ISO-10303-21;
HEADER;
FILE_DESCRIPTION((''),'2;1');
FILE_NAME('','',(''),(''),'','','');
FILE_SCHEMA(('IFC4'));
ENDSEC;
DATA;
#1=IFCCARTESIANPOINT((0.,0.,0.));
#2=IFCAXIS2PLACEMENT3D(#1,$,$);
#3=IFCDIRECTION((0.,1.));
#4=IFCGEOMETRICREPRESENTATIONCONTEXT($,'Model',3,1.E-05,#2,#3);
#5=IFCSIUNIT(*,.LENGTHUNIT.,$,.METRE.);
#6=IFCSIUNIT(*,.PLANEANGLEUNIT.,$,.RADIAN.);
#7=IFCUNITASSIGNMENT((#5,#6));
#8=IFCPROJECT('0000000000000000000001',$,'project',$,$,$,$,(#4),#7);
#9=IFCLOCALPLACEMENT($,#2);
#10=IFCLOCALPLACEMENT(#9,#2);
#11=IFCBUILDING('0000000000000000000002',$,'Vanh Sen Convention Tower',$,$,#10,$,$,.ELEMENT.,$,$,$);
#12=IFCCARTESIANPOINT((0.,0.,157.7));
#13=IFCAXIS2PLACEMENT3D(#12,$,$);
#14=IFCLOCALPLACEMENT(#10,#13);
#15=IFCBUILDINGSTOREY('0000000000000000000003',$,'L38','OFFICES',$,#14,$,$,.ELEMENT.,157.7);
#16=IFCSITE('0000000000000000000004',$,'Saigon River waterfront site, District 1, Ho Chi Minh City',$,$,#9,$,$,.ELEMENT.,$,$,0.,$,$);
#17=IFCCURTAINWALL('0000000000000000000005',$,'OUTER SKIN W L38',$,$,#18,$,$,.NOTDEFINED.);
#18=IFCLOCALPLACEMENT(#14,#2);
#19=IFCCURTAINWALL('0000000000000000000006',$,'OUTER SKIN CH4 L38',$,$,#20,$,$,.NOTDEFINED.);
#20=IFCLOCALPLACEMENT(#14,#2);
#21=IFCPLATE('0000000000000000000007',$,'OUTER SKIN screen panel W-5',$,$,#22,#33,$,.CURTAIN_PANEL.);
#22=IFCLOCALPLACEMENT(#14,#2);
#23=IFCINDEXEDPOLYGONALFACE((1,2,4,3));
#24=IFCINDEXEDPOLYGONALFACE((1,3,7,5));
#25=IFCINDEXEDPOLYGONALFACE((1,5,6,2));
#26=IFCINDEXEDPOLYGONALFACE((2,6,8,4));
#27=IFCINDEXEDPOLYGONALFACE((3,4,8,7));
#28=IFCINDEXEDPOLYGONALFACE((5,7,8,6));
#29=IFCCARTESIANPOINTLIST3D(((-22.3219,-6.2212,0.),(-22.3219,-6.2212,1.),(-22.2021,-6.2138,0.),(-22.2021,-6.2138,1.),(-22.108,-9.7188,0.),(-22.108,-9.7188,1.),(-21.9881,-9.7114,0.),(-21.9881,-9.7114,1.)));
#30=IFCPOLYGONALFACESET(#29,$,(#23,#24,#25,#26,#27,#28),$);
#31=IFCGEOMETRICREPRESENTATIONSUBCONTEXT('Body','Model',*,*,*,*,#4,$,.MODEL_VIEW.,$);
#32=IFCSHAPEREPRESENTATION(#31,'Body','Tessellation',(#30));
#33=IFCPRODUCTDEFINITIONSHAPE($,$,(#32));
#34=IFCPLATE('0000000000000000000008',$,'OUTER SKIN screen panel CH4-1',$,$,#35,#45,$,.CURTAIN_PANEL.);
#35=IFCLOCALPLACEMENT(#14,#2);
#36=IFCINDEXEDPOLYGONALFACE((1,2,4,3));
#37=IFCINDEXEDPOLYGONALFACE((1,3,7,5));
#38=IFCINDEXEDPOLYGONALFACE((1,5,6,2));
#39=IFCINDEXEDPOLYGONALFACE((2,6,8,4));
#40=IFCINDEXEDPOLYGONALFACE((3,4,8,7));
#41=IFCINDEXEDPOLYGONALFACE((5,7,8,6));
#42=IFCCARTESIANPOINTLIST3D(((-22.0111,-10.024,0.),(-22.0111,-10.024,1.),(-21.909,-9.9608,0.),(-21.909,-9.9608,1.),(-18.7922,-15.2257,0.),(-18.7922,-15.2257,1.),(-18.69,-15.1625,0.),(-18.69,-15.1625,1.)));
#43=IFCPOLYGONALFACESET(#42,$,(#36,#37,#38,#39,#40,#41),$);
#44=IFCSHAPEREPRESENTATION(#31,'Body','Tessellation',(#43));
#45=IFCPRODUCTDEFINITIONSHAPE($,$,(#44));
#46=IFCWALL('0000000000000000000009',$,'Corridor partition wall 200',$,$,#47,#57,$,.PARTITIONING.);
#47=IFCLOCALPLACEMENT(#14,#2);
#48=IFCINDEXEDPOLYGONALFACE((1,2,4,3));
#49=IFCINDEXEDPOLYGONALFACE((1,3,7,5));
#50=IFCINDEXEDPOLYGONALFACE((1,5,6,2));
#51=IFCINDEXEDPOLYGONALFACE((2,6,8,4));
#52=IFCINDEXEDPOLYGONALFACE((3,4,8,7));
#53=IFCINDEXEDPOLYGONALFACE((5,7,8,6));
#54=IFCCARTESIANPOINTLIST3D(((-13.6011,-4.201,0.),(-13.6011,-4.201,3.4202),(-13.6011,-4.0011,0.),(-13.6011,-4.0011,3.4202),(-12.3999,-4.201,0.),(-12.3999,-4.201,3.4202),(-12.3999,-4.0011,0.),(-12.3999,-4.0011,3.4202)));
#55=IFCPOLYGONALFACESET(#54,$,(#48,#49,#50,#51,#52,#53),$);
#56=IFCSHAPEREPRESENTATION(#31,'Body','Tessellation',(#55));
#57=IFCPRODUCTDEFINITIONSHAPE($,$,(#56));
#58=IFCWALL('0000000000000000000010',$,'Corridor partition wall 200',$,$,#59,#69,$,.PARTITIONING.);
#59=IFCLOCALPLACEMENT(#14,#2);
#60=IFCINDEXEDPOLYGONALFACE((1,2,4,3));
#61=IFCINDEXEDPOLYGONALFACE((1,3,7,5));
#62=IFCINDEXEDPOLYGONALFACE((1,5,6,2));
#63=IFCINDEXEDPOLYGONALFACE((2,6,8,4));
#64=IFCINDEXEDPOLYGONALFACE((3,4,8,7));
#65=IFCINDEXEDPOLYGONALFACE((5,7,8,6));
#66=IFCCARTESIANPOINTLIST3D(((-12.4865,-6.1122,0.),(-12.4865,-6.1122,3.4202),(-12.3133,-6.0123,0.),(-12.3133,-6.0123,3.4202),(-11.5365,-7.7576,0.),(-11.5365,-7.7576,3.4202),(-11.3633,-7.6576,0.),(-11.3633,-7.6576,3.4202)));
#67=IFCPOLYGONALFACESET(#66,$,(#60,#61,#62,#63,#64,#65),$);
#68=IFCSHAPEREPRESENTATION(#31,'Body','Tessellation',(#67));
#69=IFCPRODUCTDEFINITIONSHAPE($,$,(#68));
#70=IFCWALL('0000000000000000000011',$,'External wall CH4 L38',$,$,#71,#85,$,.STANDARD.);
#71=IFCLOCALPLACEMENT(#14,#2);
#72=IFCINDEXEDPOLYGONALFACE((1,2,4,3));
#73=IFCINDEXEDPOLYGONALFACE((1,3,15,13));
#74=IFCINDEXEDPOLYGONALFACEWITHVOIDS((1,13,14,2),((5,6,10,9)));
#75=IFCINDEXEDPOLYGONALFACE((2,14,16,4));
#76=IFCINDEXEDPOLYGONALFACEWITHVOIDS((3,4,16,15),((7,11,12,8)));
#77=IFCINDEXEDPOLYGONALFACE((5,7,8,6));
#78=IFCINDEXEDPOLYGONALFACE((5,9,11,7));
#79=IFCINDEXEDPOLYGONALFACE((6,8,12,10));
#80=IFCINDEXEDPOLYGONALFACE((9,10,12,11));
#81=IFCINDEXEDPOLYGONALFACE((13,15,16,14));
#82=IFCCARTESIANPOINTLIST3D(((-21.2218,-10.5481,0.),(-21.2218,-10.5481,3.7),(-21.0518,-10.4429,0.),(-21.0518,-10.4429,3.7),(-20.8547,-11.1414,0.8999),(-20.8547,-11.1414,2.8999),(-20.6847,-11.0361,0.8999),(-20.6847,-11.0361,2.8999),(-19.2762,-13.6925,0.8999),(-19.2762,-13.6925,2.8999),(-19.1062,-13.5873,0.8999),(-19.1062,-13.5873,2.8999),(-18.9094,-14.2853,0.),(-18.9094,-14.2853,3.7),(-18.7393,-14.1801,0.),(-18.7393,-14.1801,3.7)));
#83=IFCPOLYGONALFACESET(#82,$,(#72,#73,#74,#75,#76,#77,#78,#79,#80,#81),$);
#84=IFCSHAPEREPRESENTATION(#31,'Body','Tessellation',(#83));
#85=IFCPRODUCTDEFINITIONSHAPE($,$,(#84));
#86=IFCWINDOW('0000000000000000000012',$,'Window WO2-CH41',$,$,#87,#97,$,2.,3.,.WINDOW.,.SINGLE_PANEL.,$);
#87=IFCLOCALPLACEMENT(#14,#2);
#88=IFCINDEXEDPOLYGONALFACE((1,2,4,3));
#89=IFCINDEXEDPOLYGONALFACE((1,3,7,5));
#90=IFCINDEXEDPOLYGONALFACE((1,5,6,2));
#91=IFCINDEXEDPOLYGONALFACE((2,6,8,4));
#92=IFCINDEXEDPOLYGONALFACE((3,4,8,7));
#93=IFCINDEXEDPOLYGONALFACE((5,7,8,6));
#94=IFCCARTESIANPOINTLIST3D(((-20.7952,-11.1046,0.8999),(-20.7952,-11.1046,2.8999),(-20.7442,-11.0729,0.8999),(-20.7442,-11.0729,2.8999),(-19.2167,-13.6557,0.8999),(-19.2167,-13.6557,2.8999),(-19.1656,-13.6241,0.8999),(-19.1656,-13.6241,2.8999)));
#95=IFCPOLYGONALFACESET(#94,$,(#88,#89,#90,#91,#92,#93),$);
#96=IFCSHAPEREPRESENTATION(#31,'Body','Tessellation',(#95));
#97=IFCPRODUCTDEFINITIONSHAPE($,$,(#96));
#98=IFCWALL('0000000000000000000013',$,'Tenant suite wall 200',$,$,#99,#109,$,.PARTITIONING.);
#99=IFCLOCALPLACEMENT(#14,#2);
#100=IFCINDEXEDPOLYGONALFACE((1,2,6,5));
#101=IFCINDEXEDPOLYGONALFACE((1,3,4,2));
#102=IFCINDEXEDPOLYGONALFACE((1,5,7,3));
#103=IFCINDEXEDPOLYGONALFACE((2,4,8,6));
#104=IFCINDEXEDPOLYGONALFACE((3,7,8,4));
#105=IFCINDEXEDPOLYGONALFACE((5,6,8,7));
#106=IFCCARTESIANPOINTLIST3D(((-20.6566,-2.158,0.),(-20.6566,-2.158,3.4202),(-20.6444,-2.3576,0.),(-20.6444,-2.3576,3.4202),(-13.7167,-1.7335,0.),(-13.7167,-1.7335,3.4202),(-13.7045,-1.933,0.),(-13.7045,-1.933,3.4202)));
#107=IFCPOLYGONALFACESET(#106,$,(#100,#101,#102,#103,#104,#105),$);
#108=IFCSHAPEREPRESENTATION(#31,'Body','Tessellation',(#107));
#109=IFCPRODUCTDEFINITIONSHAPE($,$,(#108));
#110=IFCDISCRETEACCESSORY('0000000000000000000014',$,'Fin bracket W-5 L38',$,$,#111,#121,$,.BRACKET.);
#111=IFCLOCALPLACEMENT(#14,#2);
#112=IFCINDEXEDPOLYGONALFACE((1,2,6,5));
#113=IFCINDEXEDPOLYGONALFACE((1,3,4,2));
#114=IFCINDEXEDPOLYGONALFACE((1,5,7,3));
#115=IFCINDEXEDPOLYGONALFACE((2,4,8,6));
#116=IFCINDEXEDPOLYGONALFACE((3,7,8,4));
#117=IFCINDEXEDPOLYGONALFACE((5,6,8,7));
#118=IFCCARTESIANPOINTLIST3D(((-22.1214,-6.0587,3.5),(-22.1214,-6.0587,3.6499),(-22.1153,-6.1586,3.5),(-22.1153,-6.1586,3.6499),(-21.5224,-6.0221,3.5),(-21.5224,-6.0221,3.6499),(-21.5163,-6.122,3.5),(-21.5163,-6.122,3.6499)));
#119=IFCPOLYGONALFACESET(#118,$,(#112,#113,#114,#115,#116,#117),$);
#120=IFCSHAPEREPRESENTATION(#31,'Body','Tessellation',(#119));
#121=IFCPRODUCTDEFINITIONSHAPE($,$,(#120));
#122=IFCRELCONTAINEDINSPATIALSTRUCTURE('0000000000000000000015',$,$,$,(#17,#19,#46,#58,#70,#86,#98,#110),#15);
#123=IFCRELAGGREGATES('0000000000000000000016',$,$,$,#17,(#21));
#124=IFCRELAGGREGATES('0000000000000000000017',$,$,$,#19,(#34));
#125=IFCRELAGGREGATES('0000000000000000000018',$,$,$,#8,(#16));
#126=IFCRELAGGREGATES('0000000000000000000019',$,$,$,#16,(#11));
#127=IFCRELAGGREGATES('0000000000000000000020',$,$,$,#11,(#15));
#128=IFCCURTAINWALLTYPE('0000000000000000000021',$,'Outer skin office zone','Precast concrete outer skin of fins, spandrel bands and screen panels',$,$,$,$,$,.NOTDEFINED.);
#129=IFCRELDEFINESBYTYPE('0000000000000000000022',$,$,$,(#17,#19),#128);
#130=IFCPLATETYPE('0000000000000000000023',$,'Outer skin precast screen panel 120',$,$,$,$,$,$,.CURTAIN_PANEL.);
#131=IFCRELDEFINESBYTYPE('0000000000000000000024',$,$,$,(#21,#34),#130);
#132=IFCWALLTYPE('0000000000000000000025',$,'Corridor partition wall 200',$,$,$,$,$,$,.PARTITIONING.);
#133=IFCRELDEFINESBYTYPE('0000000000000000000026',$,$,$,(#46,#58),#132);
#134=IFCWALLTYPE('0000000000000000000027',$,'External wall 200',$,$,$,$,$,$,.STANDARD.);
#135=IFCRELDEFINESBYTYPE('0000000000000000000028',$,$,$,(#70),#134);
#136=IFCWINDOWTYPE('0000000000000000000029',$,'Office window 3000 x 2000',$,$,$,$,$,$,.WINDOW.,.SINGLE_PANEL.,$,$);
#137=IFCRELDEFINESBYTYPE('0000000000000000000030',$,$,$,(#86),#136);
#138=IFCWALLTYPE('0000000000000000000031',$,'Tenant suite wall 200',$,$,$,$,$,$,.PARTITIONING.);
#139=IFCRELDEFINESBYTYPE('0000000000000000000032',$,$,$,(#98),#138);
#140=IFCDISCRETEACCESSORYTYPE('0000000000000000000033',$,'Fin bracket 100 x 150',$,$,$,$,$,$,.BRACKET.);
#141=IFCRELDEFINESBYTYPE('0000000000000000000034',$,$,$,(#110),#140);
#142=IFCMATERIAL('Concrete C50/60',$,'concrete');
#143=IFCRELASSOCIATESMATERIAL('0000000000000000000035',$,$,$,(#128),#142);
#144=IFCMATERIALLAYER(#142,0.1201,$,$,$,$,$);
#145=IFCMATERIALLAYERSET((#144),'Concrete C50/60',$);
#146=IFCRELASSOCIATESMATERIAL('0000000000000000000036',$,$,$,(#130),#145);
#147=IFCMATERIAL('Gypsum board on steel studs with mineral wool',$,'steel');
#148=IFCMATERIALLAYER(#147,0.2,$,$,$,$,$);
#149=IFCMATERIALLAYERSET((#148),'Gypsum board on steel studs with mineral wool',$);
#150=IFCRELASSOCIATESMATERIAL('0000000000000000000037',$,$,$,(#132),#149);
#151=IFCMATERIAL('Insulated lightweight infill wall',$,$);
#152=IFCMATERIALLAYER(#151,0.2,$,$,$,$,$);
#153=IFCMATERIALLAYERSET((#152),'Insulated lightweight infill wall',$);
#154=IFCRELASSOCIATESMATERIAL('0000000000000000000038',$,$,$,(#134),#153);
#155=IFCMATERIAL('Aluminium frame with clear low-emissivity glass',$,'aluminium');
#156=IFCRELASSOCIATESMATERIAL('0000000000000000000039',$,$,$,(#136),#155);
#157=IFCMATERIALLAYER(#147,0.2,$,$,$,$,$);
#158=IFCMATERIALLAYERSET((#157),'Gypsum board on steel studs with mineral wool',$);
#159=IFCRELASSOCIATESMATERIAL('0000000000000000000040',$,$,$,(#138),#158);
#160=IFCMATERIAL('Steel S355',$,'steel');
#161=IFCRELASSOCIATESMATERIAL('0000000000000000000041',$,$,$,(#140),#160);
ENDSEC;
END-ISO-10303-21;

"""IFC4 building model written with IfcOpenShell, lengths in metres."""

from ifc_helpers import new_model, si_unit, direction, frame, frame_2d, origin, origin_2d, place, context, subcontext, project, spatial, rectangle, extrude, material, layer, layer_set, type_object, element, fill, aggregate, save


model = new_model("IFC4")

# Units and contexts
model_context = context("Model", 3, precision=1e-05, world=origin(), true_north=direction((0.0, 1.0)))
body_context = subcontext(model_context, "Body", "Model", "MODEL_VIEW")
ifc_project = project(units=[si_unit("LENGTHUNIT", "METRE"), si_unit("PLANEANGLEUNIT", "RADIAN")], contexts=[model_context])

# Site, building, storey
site_placement = place(None, origin())
site = spatial("IfcSite", under=ifc_project, at=site_placement, Name="Saigon River waterfront site, District 1, Ho Chi Minh City", CompositionType="ELEMENT", RefElevation=0.0)
building_placement = place(site_placement, origin())
building = spatial("IfcBuilding", under=site, at=building_placement, Name="Vanh Sen Convention Tower", CompositionType="ELEMENT")
storey_placement = place(building_placement, frame((0.0, 0.0, 157.7)))
storey = spatial("IfcBuildingStorey", under=building, at=storey_placement, Name="L38", Description="OFFICES", CompositionType="ELEMENT", Elevation=157.7)

# Curtain wall
ifc_material_1 = material(Name="Concrete C50/60", Category="concrete")
curtain_wall_type = type_object("IfcCurtainWallType", Name="Outer skin office zone", Description="Precast concrete outer skin of fins, spandrel bands and screen panels", PredefinedType="NOTDEFINED", material=ifc_material_1)
curtain_wall_1_placement = place(storey_placement, origin())
curtain_wall_1 = element("IfcCurtainWall", 1, at=curtain_wall_1_placement, inside=storey, type_object=curtain_wall_type, Name="OUTER SKIN W L38", PredefinedType="NOTDEFINED")

# Curtain wall
curtain_wall_2_placement = place(storey_placement, origin())
curtain_wall_2 = element("IfcCurtainWall", 2, at=curtain_wall_2_placement, inside=storey, type_object=curtain_wall_type, Name="OUTER SKIN CH4 L38", PredefinedType="NOTDEFINED")

# Plates
ifc_layer_1 = layer(ifc_material_1, 0.1201)
ifc_layer_set_1 = layer_set([ifc_layer_1], Name="Concrete C50/60")
plate_type = type_object("IfcPlateType", Name="Outer skin precast screen panel 120", PredefinedType="CURTAIN_PANEL", material=ifc_layer_set_1)
plate_1_placement = place(storey_placement, frame((-22.155, -7.9663, 0.0), z_axis=(0.0, 0.0, 1.0), x_axis=(0.061054, -0.998134, 0.0)))
plate_1 = element("IfcPlate", 3, at=plate_1_placement, type_object=plate_type, Name="OUTER SKIN screen panel W-5", PredefinedType="CURTAIN_PANEL", context=body_context, shape_type="SweptSolid", body=[
    extrude(rectangle(XDim=3.5042, YDim=0.1201, at=origin_2d()), origin(), (0.0, 0.0, 1.0), 1.0),
])
aggregate(curtain_wall_1, [plate_1])
plate_2_placement = place(storey_placement, frame((-20.3506, -12.5933, 0.0), z_axis=(0.0, 0.0, 1.0), x_axis=(0.526218, -0.850349, 0.0)))
plate_2 = element("IfcPlate", 4, at=plate_2_placement, type_object=plate_type, Name="OUTER SKIN screen panel CH4-1", PredefinedType="CURTAIN_PANEL", context=body_context, shape_type="SweptSolid", body=[
    extrude(rectangle(XDim=6.1172, YDim=0.1201, at=origin_2d()), origin(), (0.0, 0.0, 1.0), 1.0),
])
aggregate(curtain_wall_2, [plate_2])

# Walls
ifc_material_2 = material(Name="Gypsum board on steel studs with mineral wool", Category="steel")
ifc_layer_2 = layer(ifc_material_2, 0.2)
ifc_layer_set_2 = layer_set([ifc_layer_2], Name="Gypsum board on steel studs with mineral wool")
wall_type_1 = type_object("IfcWallType", Name="Corridor partition wall 200", PredefinedType="PARTITIONING", material=ifc_layer_set_2)
wall_1_placement = place(storey_placement, frame((-13.6011, -4.1011, 0.0), z_axis=(0.0, 0.0, 1.0), x_axis=(1.0, 0.0, 0.0)))
element("IfcWall", 5, at=wall_1_placement, inside=storey, type_object=wall_type_1, Name="Corridor partition wall 200", PredefinedType="PARTITIONING", context=body_context, shape_type="SweptSolid", body=[
    extrude(rectangle(XDim=1.2012, YDim=0.2, at=frame_2d((0.6006, 0.0))), origin(), (0.0, 0.0, 1.0), 3.4202),
])
wall_2_placement = place(storey_placement, frame((-12.3999, -6.0623, 0.0), z_axis=(0.0, 0.0, 1.0), x_axis=(0.500023, -0.866012, 0.0)))
element("IfcWall", 6, at=wall_2_placement, inside=storey, type_object=wall_type_1, Name="Corridor partition wall 200", PredefinedType="PARTITIONING", context=body_context, shape_type="SweptSolid", body=[
    extrude(rectangle(XDim=1.8999, YDim=0.2, at=frame_2d((0.95, 0.0))), origin(), (0.0, 0.0, 1.0), 3.4202),
])

# Wall, opening, window
ifc_material_3 = material(Name="Insulated lightweight infill wall")
ifc_layer_3 = layer(ifc_material_3, 0.2)
ifc_layer_set_3 = layer_set([ifc_layer_3], Name="Insulated lightweight infill wall")
wall_type_2 = type_object("IfcWallType", Name="External wall 200", PredefinedType="STANDARD", material=ifc_layer_set_3)
wall_3_placement = place(storey_placement, frame((-21.1367, -10.4956, 0.0), z_axis=(0.0, 0.0, 1.0), x_axis=(0.526179, -0.850374, 0.0)))
wall_3 = element("IfcWall", 7, at=wall_3_placement, inside=storey, type_object=wall_type_2, Name="External wall CH4 L38", PredefinedType="STANDARD", context=body_context, shape_type="SweptSolid", body=[
    extrude(rectangle(XDim=4.3948, YDim=0.2, at=frame_2d((2.1973, 0.0))), origin(), (0.0, 0.0, 1.0), 3.7),
])
opening_placement = place(wall_3_placement, frame((0.6975, 0.0, 0.8999)))
opening = element("IfcOpeningElement", 8, at=opening_placement, cuts=wall_3, PredefinedType="OPENING", context=body_context, shape_type="SweptSolid", body=[
    extrude(rectangle(XDim=3.0, YDim=2.0, at=frame_2d((1.5, 1.0))), frame((0.0, 0.1099, 0.0), z_axis=(0.0, -1.0, 0.0), x_axis=(1.0, 0.0, 0.0)), (0.0, 0.0, 1.0), 0.22),
])
ifc_material_4 = material(Name="Aluminium frame with clear low-emissivity glass", Category="aluminium")
window_type = type_object("IfcWindowType", Name="Office window 3000 x 2000", PartitioningType="SINGLE_PANEL", PredefinedType="WINDOW", material=ifc_material_4)
window_placement = place(opening_placement, origin())
window = element("IfcWindow", 9, at=window_placement, inside=storey, type_object=window_type, Name="Window WO2-CH41", OverallHeight=2.0, OverallWidth=3.0, PartitioningType="SINGLE_PANEL", PredefinedType="WINDOW", context=body_context, shape_type="SweptSolid", body=[
    extrude(rectangle(XDim=3.0, YDim=2.0, at=frame_2d((1.5, 1.0))), frame((0.0, 0.03, 0.0), z_axis=(0.0, -1.0, 0.0), x_axis=(1.0, 0.0, 0.0)), (0.0, 0.0, 1.0), 0.0601),
])
fill(opening, window)

# Wall
ifc_layer_4 = layer(ifc_material_2, 0.2)
ifc_layer_set_4 = layer_set([ifc_layer_4], Name="Gypsum board on steel studs with mineral wool")
wall_type_3 = type_object("IfcWallType", Name="Tenant suite wall 200", PredefinedType="PARTITIONING", material=ifc_layer_set_4)
wall_4_placement = place(storey_placement, frame((-20.6506, -2.2578, 0.0), z_axis=(0.0, 0.0, 1.0), x_axis=(0.998134, 0.061062, 0.0)))
element("IfcWall", 10, at=wall_4_placement, inside=storey, type_object=wall_type_3, Name="Tenant suite wall 200", PredefinedType="PARTITIONING", context=body_context, shape_type="SweptSolid", body=[
    extrude(rectangle(XDim=6.9529, YDim=0.2, at=frame_2d((3.4766, 0.0))), origin(), (0.0, 0.0, 1.0), 3.4202),
])

# Discrete accessory
ifc_material_5 = material(Name="Steel S355", Category="steel")
discrete_accessory_type = type_object("IfcDiscreteAccessoryType", Name="Fin bracket 100 x 150", PredefinedType="BRACKET", material=ifc_material_5)
discrete_accessory_placement = place(storey_placement, frame((-21.8188, -6.0903, 3.5), z_axis=(0.0, 0.0, 1.0), x_axis=(-0.998135, -0.061049, 0.0)))
element("IfcDiscreteAccessory", 11, at=discrete_accessory_placement, inside=storey, type_object=discrete_accessory_type, Name="Fin bracket W-5 L38", PredefinedType="BRACKET", context=body_context, shape_type="SweptSolid", body=[
    extrude(rectangle(XDim=0.6001, YDim=0.1001, at=origin_2d()), origin(), (0.0, 0.0, 1.0), 0.1499),
])

save(model, "model.ifc")
